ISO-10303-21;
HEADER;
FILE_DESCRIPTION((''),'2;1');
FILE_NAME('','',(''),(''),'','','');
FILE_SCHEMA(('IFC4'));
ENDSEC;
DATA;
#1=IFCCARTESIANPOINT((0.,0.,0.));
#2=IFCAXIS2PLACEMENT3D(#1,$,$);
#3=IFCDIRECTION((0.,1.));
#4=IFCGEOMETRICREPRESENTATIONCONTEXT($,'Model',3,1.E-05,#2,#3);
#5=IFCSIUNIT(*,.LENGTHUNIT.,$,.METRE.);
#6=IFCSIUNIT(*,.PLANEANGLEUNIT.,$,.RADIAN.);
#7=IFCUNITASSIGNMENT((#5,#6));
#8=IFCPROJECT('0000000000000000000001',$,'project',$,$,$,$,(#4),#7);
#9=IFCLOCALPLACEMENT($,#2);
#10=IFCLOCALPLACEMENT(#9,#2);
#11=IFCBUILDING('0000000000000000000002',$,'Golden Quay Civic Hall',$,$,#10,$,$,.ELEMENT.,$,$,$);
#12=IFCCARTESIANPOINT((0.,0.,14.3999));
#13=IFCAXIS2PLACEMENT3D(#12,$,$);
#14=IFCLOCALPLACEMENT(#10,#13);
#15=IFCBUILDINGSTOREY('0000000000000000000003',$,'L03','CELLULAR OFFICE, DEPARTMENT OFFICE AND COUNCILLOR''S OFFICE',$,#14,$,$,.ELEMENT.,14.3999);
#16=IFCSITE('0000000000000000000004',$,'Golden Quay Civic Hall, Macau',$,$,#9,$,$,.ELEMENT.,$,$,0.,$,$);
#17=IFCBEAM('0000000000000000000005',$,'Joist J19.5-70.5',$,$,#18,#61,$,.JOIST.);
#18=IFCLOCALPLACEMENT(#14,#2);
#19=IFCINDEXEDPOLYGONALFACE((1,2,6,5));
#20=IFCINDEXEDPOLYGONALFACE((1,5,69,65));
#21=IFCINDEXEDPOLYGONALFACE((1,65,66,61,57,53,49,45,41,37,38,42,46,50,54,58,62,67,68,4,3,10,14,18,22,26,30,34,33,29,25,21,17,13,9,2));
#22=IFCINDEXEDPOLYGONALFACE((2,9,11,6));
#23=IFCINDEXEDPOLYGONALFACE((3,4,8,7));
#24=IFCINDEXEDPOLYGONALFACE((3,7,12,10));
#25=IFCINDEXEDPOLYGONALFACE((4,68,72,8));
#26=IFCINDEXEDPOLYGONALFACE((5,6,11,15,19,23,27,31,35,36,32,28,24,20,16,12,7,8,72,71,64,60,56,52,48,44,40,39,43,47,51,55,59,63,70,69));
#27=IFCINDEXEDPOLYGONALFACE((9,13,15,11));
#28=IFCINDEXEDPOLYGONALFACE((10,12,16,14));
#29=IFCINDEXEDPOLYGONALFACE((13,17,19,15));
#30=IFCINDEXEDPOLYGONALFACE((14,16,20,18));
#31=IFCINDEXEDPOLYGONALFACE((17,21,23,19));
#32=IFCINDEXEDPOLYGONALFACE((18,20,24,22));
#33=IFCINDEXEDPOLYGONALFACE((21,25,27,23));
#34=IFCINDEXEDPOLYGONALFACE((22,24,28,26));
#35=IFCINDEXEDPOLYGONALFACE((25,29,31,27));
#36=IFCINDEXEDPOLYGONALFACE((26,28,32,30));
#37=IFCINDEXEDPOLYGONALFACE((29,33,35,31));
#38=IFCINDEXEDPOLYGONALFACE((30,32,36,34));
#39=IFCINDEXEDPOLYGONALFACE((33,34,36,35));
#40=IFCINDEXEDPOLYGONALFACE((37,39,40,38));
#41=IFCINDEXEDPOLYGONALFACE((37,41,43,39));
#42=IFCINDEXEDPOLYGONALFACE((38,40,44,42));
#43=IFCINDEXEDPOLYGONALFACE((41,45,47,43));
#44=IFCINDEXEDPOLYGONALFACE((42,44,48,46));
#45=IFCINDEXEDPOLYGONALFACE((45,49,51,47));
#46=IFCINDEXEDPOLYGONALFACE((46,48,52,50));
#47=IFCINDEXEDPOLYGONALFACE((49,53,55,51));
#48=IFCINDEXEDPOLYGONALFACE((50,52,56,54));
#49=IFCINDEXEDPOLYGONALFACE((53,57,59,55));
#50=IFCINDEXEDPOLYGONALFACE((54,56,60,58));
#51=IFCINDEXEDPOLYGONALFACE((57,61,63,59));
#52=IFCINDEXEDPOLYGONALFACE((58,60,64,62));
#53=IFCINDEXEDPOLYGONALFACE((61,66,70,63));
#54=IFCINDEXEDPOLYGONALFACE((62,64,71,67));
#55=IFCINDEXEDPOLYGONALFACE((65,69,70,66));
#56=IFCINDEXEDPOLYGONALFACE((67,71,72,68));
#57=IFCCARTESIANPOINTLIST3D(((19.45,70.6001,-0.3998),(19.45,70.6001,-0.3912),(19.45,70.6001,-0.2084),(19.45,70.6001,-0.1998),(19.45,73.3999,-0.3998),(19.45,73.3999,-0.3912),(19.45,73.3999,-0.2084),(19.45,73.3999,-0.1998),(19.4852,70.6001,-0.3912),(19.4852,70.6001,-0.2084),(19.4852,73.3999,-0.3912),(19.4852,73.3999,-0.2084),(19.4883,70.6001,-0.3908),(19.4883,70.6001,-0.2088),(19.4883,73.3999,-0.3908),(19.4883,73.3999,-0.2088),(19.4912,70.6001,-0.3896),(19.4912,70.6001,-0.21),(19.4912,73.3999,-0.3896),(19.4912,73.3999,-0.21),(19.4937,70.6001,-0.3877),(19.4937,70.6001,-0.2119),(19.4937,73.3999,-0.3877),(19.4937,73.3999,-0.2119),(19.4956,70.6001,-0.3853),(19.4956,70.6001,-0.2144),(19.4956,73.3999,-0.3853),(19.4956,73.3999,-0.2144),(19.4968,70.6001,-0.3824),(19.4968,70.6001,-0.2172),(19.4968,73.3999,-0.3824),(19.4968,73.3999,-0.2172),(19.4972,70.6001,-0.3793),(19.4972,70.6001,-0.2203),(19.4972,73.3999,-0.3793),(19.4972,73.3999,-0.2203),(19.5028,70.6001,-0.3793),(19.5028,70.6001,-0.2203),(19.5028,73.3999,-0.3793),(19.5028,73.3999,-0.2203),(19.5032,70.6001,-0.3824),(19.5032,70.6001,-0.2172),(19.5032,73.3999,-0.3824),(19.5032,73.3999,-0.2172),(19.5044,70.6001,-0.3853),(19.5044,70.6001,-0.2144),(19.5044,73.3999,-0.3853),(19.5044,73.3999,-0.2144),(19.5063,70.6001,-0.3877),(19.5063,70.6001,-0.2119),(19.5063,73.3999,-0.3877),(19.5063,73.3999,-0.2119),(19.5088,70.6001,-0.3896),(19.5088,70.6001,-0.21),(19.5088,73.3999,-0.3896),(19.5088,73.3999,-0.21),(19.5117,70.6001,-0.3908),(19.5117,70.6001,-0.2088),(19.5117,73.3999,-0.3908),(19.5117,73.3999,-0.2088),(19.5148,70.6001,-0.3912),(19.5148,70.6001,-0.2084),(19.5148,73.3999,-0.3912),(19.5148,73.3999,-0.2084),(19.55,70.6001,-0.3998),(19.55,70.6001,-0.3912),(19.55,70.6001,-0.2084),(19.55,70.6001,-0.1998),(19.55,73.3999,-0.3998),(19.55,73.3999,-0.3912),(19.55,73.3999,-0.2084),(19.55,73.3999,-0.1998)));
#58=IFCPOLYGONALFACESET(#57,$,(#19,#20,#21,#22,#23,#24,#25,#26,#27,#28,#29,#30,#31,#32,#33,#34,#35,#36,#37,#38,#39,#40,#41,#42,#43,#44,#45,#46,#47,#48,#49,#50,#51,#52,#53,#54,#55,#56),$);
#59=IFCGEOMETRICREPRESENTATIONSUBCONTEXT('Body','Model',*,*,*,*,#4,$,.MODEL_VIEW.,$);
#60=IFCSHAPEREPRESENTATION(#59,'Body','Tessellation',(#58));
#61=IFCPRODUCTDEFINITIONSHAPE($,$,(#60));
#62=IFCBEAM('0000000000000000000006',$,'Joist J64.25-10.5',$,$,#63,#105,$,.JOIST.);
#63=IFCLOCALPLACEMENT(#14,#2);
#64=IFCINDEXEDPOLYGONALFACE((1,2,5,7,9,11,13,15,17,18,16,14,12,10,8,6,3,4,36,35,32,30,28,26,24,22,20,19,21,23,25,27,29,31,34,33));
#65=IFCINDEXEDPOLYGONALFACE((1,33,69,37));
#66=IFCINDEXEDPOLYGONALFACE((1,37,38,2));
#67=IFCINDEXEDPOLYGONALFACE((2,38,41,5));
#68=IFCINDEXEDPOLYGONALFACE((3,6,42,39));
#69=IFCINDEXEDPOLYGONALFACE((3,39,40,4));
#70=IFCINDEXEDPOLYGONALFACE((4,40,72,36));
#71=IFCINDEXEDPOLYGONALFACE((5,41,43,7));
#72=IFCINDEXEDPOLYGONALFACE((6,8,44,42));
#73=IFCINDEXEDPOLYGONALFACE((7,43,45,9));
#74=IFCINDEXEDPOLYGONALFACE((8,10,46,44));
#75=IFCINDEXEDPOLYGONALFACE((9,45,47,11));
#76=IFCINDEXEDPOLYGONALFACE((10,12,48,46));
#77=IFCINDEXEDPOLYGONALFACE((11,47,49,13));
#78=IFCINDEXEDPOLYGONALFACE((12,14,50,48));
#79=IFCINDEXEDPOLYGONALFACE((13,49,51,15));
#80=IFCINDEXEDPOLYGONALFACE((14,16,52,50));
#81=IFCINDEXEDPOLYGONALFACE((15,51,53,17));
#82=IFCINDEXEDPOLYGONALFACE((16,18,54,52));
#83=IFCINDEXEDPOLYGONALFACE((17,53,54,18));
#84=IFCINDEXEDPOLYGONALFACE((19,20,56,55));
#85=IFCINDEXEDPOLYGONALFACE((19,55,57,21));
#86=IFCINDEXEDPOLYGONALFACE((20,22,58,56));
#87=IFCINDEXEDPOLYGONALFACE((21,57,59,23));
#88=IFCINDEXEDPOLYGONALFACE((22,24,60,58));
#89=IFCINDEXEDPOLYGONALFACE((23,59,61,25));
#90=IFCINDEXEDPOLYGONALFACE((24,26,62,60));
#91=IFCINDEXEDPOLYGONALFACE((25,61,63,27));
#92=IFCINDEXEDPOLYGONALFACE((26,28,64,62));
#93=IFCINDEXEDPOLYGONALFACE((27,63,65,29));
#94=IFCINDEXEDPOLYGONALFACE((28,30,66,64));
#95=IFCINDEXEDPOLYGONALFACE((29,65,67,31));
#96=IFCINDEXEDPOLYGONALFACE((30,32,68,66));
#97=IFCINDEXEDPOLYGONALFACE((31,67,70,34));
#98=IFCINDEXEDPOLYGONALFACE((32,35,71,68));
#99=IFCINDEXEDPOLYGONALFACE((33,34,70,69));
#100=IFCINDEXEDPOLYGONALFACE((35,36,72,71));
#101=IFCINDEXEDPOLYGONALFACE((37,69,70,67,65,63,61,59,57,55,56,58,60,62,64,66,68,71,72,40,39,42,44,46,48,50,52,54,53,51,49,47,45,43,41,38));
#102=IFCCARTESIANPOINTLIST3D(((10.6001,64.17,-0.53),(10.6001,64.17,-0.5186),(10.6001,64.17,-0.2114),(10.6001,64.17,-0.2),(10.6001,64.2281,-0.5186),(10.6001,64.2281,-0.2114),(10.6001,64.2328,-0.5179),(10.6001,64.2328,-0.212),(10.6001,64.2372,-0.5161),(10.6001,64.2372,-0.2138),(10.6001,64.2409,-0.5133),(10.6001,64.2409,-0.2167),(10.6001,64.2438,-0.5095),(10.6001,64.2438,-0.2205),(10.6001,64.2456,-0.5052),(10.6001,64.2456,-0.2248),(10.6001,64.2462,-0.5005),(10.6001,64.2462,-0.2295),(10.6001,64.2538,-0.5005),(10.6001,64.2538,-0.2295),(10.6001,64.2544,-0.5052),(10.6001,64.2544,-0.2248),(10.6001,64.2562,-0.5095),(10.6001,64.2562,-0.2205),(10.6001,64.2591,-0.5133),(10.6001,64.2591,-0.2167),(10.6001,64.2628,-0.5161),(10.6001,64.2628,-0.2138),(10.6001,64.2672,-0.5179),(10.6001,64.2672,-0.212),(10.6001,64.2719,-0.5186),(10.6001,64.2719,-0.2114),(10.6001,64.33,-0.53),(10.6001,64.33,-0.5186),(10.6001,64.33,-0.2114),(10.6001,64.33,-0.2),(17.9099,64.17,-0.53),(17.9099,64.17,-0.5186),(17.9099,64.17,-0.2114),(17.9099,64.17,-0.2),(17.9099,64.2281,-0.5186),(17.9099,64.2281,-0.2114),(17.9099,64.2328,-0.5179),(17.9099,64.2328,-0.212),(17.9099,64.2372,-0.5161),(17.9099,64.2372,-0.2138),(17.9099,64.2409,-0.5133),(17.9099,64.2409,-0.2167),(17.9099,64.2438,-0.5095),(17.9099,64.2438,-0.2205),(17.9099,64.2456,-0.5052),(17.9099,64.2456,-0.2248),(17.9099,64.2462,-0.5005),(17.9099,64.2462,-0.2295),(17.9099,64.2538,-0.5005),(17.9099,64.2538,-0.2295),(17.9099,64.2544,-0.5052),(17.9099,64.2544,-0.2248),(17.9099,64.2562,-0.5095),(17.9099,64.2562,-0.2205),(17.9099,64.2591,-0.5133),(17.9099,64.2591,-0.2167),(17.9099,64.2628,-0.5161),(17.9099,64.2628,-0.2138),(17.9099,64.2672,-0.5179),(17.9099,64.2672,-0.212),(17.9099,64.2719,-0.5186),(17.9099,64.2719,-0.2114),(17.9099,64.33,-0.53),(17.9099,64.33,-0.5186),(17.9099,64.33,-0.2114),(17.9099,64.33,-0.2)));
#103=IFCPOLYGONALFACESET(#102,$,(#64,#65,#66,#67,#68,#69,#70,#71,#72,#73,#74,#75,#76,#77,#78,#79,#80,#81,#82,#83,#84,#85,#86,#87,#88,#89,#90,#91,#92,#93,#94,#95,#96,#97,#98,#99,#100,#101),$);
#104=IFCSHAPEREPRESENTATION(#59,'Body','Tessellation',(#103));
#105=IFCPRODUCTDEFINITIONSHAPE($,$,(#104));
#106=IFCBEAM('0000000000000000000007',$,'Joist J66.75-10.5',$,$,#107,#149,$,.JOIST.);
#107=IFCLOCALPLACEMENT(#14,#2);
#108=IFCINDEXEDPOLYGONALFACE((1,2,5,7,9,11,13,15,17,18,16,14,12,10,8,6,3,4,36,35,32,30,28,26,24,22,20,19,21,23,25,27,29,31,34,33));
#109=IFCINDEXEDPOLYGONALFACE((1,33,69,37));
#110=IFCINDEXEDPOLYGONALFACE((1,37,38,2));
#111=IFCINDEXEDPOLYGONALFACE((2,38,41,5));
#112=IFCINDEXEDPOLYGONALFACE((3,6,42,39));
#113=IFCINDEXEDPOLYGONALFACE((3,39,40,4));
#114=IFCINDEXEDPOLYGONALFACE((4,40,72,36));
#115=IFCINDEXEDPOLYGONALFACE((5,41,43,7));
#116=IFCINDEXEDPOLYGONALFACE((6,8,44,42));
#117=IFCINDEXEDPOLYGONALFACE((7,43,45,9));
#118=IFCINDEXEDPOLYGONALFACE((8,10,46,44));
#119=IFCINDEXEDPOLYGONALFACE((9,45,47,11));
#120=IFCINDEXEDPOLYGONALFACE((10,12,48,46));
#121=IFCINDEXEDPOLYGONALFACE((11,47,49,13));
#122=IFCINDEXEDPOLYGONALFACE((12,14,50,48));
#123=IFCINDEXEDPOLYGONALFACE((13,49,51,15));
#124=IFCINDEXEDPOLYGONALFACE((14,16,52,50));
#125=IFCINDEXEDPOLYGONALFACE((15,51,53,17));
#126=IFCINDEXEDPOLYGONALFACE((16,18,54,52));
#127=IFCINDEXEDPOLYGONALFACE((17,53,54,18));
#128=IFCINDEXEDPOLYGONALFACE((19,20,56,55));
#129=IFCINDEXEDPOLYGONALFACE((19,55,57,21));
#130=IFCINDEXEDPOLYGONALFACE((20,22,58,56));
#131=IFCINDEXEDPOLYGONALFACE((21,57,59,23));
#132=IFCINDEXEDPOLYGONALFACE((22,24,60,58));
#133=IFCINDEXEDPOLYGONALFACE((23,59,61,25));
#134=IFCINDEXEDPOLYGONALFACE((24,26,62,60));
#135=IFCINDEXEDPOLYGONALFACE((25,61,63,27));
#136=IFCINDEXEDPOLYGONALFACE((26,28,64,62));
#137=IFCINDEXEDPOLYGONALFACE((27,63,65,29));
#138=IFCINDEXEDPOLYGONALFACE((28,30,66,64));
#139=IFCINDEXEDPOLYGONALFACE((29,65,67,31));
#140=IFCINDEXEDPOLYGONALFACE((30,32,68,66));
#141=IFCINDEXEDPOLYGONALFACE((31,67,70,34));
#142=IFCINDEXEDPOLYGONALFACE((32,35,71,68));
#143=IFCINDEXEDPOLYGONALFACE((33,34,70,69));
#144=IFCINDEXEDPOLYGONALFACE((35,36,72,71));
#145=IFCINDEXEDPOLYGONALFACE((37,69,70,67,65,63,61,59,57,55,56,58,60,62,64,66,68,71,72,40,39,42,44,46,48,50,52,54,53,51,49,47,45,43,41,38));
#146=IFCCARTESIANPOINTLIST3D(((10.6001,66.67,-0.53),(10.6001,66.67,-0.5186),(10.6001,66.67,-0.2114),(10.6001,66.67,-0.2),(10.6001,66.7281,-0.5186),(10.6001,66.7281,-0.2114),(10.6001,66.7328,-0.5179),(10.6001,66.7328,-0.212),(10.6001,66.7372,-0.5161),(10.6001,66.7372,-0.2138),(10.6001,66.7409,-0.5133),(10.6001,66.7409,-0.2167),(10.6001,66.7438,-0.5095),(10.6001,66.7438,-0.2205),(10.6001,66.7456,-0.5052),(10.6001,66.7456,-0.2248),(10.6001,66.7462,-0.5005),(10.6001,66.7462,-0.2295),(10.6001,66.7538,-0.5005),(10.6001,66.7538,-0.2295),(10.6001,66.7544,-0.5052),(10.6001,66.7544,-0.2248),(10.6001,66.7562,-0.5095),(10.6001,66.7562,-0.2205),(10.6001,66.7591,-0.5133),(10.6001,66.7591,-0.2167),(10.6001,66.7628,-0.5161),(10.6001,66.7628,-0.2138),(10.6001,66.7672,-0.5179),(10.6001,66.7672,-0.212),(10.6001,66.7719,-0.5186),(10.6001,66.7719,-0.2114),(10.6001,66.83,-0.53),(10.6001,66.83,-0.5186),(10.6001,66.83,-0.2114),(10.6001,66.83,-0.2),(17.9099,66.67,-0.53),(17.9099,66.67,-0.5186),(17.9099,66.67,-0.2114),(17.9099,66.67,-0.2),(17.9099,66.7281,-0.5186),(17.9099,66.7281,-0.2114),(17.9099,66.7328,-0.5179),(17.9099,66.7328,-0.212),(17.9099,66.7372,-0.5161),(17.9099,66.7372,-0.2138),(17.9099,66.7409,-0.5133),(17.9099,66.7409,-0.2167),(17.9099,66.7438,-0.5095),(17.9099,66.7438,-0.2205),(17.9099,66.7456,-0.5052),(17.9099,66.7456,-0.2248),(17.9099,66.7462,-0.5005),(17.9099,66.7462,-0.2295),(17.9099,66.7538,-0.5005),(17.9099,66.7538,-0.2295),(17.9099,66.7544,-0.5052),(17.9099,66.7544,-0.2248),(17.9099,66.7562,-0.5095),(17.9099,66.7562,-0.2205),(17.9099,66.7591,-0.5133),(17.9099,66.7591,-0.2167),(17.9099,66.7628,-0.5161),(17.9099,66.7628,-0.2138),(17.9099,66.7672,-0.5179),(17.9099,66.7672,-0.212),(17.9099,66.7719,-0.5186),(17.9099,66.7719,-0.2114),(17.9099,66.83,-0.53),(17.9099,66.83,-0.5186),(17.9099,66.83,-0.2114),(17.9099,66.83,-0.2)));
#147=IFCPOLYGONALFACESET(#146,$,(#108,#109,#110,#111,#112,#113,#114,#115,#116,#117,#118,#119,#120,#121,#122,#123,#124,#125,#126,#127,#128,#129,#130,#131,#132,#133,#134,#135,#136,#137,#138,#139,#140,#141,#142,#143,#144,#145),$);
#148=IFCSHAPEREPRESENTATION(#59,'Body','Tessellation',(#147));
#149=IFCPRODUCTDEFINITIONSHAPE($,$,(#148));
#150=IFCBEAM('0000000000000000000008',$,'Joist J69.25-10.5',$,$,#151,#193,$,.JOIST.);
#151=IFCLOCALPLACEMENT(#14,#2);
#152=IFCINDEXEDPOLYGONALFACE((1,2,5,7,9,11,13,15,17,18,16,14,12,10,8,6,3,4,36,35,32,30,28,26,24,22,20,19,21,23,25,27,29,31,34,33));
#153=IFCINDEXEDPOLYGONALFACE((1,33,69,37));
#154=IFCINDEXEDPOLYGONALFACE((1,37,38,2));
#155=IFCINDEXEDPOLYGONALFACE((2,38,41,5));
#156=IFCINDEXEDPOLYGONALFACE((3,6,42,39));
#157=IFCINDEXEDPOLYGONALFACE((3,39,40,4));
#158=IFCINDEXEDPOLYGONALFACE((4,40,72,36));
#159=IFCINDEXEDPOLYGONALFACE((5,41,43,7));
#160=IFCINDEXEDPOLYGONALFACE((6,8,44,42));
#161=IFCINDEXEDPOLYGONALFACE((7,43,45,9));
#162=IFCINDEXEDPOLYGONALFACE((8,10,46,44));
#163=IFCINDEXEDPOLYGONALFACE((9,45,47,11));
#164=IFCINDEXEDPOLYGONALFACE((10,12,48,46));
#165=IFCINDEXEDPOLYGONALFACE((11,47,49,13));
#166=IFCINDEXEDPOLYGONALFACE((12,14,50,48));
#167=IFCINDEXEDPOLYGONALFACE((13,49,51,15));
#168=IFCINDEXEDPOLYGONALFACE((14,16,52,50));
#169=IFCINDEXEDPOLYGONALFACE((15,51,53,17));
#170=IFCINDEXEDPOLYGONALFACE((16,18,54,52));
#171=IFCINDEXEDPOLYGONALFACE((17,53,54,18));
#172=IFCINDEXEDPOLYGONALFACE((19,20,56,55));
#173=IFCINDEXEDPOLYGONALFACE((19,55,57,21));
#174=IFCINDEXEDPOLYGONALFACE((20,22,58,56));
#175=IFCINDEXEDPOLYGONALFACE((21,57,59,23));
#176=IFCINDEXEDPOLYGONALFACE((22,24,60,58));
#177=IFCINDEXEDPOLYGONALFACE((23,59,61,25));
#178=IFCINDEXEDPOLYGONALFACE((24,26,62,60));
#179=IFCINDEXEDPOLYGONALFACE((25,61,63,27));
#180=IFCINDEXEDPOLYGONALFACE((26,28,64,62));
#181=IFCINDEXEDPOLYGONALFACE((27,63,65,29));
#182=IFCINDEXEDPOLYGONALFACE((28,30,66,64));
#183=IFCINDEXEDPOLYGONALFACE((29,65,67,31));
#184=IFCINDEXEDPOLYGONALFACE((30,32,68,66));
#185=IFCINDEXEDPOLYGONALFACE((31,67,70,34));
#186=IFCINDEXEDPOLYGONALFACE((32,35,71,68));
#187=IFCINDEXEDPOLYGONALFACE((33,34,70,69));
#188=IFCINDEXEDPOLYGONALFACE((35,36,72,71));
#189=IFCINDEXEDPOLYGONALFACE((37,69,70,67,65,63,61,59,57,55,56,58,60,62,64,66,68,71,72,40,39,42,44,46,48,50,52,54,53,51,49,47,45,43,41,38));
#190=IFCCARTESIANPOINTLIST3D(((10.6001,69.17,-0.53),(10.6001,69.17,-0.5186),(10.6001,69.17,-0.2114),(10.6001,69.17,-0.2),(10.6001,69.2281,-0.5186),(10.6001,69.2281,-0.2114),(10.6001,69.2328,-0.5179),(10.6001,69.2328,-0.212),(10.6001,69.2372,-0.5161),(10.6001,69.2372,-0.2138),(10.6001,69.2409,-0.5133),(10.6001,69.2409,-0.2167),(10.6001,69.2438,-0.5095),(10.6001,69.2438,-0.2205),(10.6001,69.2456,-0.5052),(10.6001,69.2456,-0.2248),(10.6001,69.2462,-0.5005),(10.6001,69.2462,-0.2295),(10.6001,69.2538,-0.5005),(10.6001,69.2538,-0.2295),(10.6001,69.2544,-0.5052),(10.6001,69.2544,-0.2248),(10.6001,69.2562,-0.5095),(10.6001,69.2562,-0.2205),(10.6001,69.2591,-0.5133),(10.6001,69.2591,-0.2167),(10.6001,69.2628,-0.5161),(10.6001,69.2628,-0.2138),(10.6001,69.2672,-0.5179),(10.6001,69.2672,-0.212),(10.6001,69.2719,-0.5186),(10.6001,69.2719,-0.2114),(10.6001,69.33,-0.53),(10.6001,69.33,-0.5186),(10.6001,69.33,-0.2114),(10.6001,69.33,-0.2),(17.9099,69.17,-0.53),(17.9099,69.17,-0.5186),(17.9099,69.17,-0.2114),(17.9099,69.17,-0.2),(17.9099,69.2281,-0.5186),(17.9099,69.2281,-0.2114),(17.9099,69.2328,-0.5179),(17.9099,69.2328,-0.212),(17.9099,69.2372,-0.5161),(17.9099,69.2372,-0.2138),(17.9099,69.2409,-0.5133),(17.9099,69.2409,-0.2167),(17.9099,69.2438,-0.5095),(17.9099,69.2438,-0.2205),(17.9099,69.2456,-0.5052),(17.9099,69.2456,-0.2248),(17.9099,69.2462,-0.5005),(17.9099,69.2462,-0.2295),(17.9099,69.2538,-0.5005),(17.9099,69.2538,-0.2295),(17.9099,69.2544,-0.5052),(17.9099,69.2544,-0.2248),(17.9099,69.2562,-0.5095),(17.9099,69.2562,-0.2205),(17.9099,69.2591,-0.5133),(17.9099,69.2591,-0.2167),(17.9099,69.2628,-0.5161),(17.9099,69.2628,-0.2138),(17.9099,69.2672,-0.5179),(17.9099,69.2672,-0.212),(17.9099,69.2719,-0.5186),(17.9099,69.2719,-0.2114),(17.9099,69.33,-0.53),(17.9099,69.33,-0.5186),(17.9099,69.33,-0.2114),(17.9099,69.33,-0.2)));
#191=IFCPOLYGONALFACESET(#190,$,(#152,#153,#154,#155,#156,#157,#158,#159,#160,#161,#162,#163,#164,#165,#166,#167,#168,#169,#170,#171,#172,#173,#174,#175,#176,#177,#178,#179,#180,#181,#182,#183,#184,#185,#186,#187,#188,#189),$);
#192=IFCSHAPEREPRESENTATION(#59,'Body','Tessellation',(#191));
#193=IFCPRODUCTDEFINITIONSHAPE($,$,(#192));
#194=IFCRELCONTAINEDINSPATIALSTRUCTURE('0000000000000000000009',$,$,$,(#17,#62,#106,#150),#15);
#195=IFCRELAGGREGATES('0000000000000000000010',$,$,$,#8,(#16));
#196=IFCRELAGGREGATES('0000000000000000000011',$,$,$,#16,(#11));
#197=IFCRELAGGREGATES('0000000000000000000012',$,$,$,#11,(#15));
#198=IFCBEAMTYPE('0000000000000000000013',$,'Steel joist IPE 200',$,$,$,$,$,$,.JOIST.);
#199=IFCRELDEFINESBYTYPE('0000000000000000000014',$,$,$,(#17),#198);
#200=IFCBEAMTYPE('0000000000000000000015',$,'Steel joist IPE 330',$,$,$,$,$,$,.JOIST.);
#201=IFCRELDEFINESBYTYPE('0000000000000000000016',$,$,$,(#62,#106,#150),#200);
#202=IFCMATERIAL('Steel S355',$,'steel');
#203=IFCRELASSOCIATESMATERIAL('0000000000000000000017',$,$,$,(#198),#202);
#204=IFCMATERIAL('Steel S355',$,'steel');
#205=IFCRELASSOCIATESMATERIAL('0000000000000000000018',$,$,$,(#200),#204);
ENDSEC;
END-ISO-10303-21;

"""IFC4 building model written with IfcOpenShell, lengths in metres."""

from ifc_helpers import new_model, si_unit, direction, frame, origin, origin_2d, place, context, subcontext, project, spatial, i_section, extrude, material, material_profile, profile_set, type_object, element, save


model = new_model("IFC4")

# Units and contexts
model_context = context("Model", 3, precision=1e-05, world=origin(), true_north=direction((0.0, 1.0)))
body_context = subcontext(model_context, "Body", "Model", "MODEL_VIEW")
ifc_project = project(units=[si_unit("LENGTHUNIT", "METRE"), si_unit("PLANEANGLEUNIT", "RADIAN")], contexts=[model_context])

# Site, building, storey
site_placement = place(None, origin())
site = spatial("IfcSite", under=ifc_project, at=site_placement, Name="Golden Quay Civic Hall, Macau", CompositionType="ELEMENT", RefElevation=0.0)
building_placement = place(site_placement, origin())
building = spatial("IfcBuilding", under=site, at=building_placement, Name="Golden Quay Civic Hall", CompositionType="ELEMENT")
storey_placement = place(building_placement, frame((0.0, 0.0, 14.3999)))
storey = spatial("IfcBuildingStorey", under=building, at=storey_placement, Name="L03", Description="CELLULAR OFFICE, DEPARTMENT OFFICE AND COUNCILLOR'S OFFICE", CompositionType="ELEMENT", Elevation=14.3999)

# Beams
ifc_material_1 = material(Name="Steel S355", Category="steel")
ifc_material_profile_1 = material_profile(ifc_material_1, i_section(OverallWidth=0.1001, OverallDepth=0.2, WebThickness=0.0056, FlangeThickness=0.0085, FilletRadius=0.012, at=origin_2d()), Name="IPE 200")
ifc_profile_set_1 = profile_set([ifc_material_profile_1], Name="Steel S355")
beam_type_1 = type_object("IfcBeamType", Name="Steel joist IPE 200", PredefinedType="JOIST", material=ifc_profile_set_1)
beam_1_placement = place(storey_placement, frame((19.5, 70.6001, -0.2998), z_axis=(0.0, 1.0, 0.0), x_axis=(-1.0, 0.0, 0.0)))
element("IfcBeam", 1, at=beam_1_placement, inside=storey, type_object=beam_type_1, Name="Joist J19.5-70.5", PredefinedType="JOIST", context=body_context, shape_type="SweptSolid", body=[
    extrude(i_section(OverallWidth=0.1001, OverallDepth=0.2, WebThickness=0.0056, FlangeThickness=0.0085, FilletRadius=0.012, at=origin_2d()), origin(), (0.0, 0.0, 1.0), 2.7998),
])
ifc_material_2 = material(Name="Steel S355", Category="steel")
ifc_material_profile_2 = material_profile(ifc_material_2, i_section(OverallWidth=0.1599, OverallDepth=0.3301, WebThickness=0.0076, FlangeThickness=0.0115, FilletRadius=0.0181, at=origin_2d()), Name="IPE 330")
ifc_profile_set_2 = profile_set([ifc_material_profile_2], Name="Steel S355")
beam_type_2 = type_object("IfcBeamType", Name="Steel joist IPE 330", PredefinedType="JOIST", material=ifc_profile_set_2)
for number, where, z_axis, x_axis, name in (
    (2, (10.6001, 64.25, -0.365), (1.0, 0.0, 0.0), (0.0, 1.0, 0.0), "Joist J64.25-10.5"),
    (3, (10.6001, 66.75, -0.365), (1.0, 0.0, 0.0), (0.0, 1.0, 0.0), "Joist J66.75-10.5"),
    (4, (10.6001, 69.25, -0.365), (1.0, 0.0, 0.0), (0.0, 1.0, 0.0), "Joist J69.25-10.5"),
):
    element("IfcBeam", number, at=place(storey_placement, frame(where, z_axis=z_axis, x_axis=x_axis)), inside=storey, type_object=beam_type_2, Name=name, PredefinedType="JOIST", context=body_context, shape_type="SweptSolid", body=[
        extrude(i_section(OverallWidth=0.1599, OverallDepth=0.3301, WebThickness=0.0076, FlangeThickness=0.0115, FilletRadius=0.0181, at=origin_2d()), origin(), (0.0, 0.0, 1.0), 7.3098),
    ])

save(model, "model.ifc")
